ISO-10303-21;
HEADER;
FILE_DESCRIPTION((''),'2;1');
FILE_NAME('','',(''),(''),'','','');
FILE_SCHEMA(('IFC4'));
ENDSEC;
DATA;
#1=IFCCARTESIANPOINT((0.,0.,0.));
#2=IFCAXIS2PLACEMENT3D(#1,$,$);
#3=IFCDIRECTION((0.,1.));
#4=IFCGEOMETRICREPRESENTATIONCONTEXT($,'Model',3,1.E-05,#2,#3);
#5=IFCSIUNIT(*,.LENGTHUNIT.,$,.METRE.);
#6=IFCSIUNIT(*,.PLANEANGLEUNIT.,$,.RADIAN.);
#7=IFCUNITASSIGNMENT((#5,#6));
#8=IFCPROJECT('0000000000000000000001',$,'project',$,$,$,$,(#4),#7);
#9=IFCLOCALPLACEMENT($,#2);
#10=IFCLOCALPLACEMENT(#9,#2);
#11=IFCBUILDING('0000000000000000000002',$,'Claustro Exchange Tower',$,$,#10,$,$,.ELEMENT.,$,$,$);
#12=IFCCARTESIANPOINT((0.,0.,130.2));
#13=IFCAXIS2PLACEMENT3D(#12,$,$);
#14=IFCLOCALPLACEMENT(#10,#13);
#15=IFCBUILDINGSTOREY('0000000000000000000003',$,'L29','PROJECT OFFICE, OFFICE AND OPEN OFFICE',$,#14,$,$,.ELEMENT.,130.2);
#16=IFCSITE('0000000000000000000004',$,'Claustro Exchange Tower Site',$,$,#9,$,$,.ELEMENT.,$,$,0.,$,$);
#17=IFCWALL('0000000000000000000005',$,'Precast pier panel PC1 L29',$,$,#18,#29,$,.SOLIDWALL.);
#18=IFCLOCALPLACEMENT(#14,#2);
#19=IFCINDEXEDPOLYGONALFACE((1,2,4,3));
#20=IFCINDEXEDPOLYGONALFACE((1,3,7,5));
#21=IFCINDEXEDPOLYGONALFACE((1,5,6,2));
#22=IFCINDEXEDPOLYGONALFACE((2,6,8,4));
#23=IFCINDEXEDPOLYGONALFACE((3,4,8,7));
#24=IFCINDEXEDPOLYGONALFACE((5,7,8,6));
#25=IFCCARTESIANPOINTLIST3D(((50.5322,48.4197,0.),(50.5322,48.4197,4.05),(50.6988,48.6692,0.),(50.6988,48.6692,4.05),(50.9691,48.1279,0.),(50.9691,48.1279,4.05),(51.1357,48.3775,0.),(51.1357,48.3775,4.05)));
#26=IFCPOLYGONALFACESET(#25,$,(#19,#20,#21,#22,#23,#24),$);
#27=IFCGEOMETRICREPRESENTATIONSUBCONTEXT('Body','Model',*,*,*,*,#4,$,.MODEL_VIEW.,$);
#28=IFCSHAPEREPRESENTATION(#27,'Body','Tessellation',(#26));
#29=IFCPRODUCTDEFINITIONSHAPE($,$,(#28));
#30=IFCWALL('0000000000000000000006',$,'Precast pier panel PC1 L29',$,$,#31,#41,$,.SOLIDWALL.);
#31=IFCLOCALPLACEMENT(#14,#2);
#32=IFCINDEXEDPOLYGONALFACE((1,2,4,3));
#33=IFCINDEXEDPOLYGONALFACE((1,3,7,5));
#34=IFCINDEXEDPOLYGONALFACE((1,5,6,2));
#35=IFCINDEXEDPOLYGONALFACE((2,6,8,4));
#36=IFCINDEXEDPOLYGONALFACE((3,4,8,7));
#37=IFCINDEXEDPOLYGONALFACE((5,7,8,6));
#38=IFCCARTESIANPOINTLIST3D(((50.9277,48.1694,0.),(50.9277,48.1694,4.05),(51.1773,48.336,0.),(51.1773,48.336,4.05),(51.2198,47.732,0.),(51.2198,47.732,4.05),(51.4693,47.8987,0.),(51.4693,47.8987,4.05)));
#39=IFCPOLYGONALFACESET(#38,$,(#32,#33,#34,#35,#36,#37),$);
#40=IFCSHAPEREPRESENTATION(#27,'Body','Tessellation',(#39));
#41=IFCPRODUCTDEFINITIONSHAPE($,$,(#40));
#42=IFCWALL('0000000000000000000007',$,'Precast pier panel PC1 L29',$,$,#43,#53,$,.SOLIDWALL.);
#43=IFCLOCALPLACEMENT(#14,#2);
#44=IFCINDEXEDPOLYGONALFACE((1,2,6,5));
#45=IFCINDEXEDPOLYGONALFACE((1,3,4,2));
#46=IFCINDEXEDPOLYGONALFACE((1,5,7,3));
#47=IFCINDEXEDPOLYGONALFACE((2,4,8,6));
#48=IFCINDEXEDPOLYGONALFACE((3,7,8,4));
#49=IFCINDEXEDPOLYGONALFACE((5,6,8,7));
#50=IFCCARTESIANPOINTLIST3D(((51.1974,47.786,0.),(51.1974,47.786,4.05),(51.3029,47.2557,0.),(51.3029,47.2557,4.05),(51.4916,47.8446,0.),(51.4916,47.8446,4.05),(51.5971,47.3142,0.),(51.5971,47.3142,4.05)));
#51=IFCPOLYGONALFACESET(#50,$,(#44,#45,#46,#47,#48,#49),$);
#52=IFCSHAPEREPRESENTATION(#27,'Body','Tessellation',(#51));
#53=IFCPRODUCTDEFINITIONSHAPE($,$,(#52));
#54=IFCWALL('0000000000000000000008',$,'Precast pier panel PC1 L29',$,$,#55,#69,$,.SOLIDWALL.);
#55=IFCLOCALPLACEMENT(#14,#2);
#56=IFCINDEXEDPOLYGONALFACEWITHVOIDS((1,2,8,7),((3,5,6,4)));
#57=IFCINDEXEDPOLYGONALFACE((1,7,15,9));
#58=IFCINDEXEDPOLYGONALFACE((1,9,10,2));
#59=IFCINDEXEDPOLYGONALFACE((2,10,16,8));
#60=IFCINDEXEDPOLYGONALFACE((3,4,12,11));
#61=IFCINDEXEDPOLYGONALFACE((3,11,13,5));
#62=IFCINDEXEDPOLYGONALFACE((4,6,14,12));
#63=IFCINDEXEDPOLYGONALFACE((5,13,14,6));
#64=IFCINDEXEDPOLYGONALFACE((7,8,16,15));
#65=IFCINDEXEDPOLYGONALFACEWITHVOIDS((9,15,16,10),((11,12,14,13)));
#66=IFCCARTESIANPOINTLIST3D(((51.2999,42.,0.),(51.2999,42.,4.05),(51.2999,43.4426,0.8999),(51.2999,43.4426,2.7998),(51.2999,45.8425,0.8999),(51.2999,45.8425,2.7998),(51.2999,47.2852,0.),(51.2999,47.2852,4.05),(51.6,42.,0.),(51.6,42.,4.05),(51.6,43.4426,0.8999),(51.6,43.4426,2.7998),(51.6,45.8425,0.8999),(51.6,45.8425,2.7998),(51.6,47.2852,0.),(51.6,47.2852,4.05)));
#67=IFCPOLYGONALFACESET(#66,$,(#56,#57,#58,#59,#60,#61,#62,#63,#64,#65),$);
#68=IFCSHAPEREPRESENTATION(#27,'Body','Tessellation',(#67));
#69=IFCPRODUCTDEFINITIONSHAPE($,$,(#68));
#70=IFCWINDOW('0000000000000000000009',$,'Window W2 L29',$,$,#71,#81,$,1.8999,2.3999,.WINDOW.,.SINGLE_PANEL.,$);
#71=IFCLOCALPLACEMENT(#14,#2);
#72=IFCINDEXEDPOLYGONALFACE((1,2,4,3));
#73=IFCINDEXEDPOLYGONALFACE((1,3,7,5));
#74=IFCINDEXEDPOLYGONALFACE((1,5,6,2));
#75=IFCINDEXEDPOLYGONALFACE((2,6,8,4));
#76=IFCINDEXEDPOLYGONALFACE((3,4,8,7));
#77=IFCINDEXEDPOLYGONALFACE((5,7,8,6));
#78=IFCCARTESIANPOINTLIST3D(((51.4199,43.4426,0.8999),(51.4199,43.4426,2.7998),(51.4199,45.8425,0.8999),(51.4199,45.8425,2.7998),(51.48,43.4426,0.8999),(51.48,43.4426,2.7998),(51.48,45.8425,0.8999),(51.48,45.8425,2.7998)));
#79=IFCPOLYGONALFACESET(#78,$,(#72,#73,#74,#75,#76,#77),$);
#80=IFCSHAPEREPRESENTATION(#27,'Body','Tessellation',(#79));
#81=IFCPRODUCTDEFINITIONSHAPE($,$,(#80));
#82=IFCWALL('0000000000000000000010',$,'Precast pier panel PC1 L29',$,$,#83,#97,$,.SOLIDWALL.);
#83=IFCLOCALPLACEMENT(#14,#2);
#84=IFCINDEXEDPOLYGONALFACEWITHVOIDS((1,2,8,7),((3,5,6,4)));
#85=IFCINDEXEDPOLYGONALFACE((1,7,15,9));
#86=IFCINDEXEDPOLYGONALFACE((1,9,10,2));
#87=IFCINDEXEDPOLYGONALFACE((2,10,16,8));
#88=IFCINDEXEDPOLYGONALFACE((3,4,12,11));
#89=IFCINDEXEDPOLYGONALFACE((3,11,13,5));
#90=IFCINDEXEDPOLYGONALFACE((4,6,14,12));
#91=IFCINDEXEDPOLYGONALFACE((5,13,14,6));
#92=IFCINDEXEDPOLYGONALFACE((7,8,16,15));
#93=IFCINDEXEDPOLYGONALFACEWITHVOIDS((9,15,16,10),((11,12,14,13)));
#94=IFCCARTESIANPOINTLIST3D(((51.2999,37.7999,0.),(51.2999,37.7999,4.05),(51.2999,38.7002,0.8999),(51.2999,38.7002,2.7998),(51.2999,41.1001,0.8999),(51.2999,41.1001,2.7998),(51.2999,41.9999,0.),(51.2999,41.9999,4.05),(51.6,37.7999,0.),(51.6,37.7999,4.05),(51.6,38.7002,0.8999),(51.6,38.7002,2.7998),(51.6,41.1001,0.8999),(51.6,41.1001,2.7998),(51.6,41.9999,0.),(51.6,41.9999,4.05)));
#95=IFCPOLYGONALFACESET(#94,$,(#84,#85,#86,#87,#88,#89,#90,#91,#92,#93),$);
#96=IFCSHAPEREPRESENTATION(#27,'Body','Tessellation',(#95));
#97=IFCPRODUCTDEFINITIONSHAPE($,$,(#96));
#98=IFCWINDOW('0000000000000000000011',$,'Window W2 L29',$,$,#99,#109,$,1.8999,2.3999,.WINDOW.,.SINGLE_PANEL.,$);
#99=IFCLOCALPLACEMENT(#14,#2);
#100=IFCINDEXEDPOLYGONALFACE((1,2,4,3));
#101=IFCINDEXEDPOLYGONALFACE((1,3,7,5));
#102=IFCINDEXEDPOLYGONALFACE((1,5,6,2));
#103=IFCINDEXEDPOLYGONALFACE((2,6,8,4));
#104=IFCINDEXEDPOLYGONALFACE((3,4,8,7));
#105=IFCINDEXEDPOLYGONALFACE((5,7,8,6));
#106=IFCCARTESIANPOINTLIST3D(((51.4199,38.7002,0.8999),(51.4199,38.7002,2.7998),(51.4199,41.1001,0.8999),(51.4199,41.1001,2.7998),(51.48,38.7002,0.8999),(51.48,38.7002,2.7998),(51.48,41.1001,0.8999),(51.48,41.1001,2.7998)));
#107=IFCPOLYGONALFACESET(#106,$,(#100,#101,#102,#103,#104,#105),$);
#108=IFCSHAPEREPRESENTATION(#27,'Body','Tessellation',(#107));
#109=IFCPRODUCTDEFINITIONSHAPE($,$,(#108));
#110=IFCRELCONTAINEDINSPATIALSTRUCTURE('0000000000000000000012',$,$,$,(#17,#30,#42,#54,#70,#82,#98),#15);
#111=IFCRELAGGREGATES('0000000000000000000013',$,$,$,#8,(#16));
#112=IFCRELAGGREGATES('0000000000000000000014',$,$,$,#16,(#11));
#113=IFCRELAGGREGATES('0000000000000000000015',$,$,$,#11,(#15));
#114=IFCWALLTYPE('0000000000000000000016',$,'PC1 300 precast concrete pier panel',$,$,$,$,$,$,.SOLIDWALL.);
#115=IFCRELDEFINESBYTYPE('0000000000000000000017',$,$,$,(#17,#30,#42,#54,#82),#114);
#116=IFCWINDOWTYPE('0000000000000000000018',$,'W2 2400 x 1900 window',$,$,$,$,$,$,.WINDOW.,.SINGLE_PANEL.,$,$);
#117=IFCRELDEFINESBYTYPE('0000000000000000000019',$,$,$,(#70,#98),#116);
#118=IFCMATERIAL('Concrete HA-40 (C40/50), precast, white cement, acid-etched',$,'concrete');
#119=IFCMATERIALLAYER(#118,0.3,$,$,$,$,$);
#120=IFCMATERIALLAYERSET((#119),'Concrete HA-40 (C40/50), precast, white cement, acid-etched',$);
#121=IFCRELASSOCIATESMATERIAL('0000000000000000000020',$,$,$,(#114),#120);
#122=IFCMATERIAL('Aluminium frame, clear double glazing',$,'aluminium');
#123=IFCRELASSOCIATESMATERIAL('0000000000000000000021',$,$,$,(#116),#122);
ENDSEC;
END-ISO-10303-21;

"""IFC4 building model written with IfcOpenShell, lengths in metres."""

from ifc_helpers import new_model, si_unit, direction, frame, frame_2d, origin, place, context, subcontext, project, spatial, rectangle, extrude, material, layer, layer_set, type_object, element, fill, save


model = new_model("IFC4")

# Units and contexts
model_context = context("Model", 3, precision=1e-05, world=origin(), true_north=direction((0.0, 1.0)))
body_context = subcontext(model_context, "Body", "Model", "MODEL_VIEW")
ifc_project = project(units=[si_unit("LENGTHUNIT", "METRE"), si_unit("PLANEANGLEUNIT", "RADIAN")], contexts=[model_context])

# Site, building, storey
site_placement = place(None, origin())
site = spatial("IfcSite", under=ifc_project, at=site_placement, Name="Claustro Exchange Tower Site", CompositionType="ELEMENT", RefElevation=0.0)
building_placement = place(site_placement, origin())
building = spatial("IfcBuilding", under=site, at=building_placement, Name="Claustro Exchange Tower", CompositionType="ELEMENT")
storey_placement = place(building_placement, frame((0.0, 0.0, 130.2)))
storey = spatial("IfcBuildingStorey", under=building, at=storey_placement, Name="L29", Description="PROJECT OFFICE, OFFICE AND OPEN OFFICE", CompositionType="ELEMENT", Elevation=130.2)

# Shared definitions
ifc_material_1 = material(Name="Concrete HA-40 (C40/50), precast, white cement, acid-etched", Category="concrete")
ifc_layer_1 = layer(ifc_material_1, 0.3)
ifc_layer_set_1 = layer_set([ifc_layer_1], Name="Concrete HA-40 (C40/50), precast, white cement, acid-etched")
wall_type_1 = type_object("IfcWallType", Name="PC1 300 precast concrete pier panel", PredefinedType="SOLIDWALL", material=ifc_layer_set_1)

# Walls
wall_1_placement = place(storey_placement, frame((50.6155, 48.5444, 0.0), z_axis=(0.0, 0.0, 1.0), x_axis=(0.831693, -0.555236, 0.0)))
element("IfcWall", 1, at=wall_1_placement, inside=storey, type_object=wall_type_1, Name="Precast pier panel PC1 L29", PredefinedType="SOLIDWALL", context=body_context, shape_type="SweptSolid", body=[
    extrude(rectangle(XDim=0.5254, YDim=0.3, at=frame_2d((0.2627, 0.0))), origin(), (0.0, 0.0, 1.0), 4.05),
])
wall_2_placement = place(storey_placement, frame((51.0525, 48.2527, 0.0), z_axis=(0.0, 0.0, 1.0), x_axis=(0.555343, -0.831621, 0.0)))
element("IfcWall", 2, at=wall_2_placement, inside=storey, type_object=wall_type_1, Name="Precast pier panel PC1 L29", PredefinedType="SOLIDWALL", context=body_context, shape_type="SweptSolid", body=[
    extrude(rectangle(XDim=0.5259, YDim=0.3, at=frame_2d((0.2629, 0.0))), origin(), (0.0, 0.0, 1.0), 4.05),
])
wall_3_placement = place(storey_placement, frame((51.3445, 47.8154, 0.0), z_axis=(0.0, 0.0, 1.0), x_axis=(0.195074, -0.980789, 0.0)))
element("IfcWall", 3, at=wall_3_placement, inside=storey, type_object=wall_type_1, Name="Precast pier panel PC1 L29", PredefinedType="SOLIDWALL", context=body_context, shape_type="SweptSolid", body=[
    extrude(rectangle(XDim=0.5408, YDim=0.3, at=frame_2d((0.2705, 0.0))), origin(), (0.0, 0.0, 1.0), 4.05),
])

# Walls, openings, windows
wall_4_placement = place(storey_placement, frame((51.45, 47.2852, 0.0), z_axis=(0.0, 0.0, 1.0), x_axis=(0.0, -1.0, 0.0)))
wall_4 = element("IfcWall", 4, at=wall_4_placement, inside=storey, type_object=wall_type_1, Name="Precast pier panel PC1 L29", PredefinedType="SOLIDWALL", context=body_context, shape_type="SweptSolid", body=[
    extrude(rectangle(XDim=5.2852, YDim=0.3, at=frame_2d((2.6426, 0.0))), origin(), (0.0, 0.0, 1.0), 4.05),
])
opening_1_placement = place(wall_4_placement, frame((1.4426, 0.0, 0.8999)))
opening_1 = element("IfcOpeningElement", 5, at=opening_1_placement, cuts=wall_4, PredefinedType="OPENING", context=body_context, shape_type="SweptSolid", body=[
    extrude(rectangle(XDim=2.3999, YDim=1.8999, at=frame_2d((1.2, 0.95))), frame((0.0, 0.1599, 0.0), z_axis=(0.0, -1.0, 0.0), x_axis=(1.0, 0.0, 0.0)), (0.0, 0.0, 1.0), 0.3201),
])
ifc_material_2 = material(Name="Aluminium frame, clear double glazing", Category="aluminium")
window_type_1 = type_object("IfcWindowType", Name="W2 2400 x 1900 window", PartitioningType="SINGLE_PANEL", PredefinedType="WINDOW", material=ifc_material_2)
window_1_placement = place(opening_1_placement, origin())
window_1 = element("IfcWindow", 6, at=window_1_placement, inside=storey, type_object=window_type_1, Name="Window W2 L29", OverallHeight=1.8999, OverallWidth=2.3999, PartitioningType="SINGLE_PANEL", PredefinedType="WINDOW", context=body_context, shape_type="SweptSolid", body=[
    extrude(rectangle(XDim=2.3999, YDim=1.8999, at=frame_2d((1.2, 0.95))), frame((0.0, 0.03, 0.0), z_axis=(0.0, -1.0, 0.0), x_axis=(1.0, 0.0, 0.0)), (0.0, 0.0, 1.0), 0.0601),
])
fill(opening_1, window_1)
wall_5_placement = place(storey_placement, frame((51.45, 42.0, 0.0), z_axis=(0.0, 0.0, 1.0), x_axis=(0.0, -1.0, 0.0)))
wall_5 = element("IfcWall", 7, at=wall_5_placement, inside=storey, type_object=wall_type_1, Name="Precast pier panel PC1 L29", PredefinedType="SOLIDWALL", context=body_context, shape_type="SweptSolid", body=[
    extrude(rectangle(XDim=4.2, YDim=0.3, at=frame_2d((2.1001, 0.0))), origin(), (0.0, 0.0, 1.0), 4.05),
])
opening_2_placement = place(wall_5_placement, frame((0.8999, 0.0, 0.8999)))
opening_2 = element("IfcOpeningElement", 8, at=opening_2_placement, cuts=wall_5, PredefinedType="OPENING", context=body_context, shape_type="SweptSolid", body=[
    extrude(rectangle(XDim=2.3999, YDim=1.8999, at=frame_2d((1.2, 0.95))), frame((0.0, 0.1599, 0.0), z_axis=(0.0, -1.0, 0.0), x_axis=(1.0, 0.0, 0.0)), (0.0, 0.0, 1.0), 0.3201),
])
window_2_placement = place(opening_2_placement, origin())
window_2 = element("IfcWindow", 9, at=window_2_placement, inside=storey, type_object=window_type_1, Name="Window W2 L29", OverallHeight=1.8999, OverallWidth=2.3999, PartitioningType="SINGLE_PANEL", PredefinedType="WINDOW", context=body_context, shape_type="SweptSolid", body=[
    extrude(rectangle(XDim=2.3999, YDim=1.8999, at=frame_2d((1.2, 0.95))), frame((0.0, 0.03, 0.0), z_axis=(0.0, -1.0, 0.0), x_axis=(1.0, 0.0, 0.0)), (0.0, 0.0, 1.0), 0.0601),
])
fill(opening_2, window_2)

save(model, "model.ifc")
